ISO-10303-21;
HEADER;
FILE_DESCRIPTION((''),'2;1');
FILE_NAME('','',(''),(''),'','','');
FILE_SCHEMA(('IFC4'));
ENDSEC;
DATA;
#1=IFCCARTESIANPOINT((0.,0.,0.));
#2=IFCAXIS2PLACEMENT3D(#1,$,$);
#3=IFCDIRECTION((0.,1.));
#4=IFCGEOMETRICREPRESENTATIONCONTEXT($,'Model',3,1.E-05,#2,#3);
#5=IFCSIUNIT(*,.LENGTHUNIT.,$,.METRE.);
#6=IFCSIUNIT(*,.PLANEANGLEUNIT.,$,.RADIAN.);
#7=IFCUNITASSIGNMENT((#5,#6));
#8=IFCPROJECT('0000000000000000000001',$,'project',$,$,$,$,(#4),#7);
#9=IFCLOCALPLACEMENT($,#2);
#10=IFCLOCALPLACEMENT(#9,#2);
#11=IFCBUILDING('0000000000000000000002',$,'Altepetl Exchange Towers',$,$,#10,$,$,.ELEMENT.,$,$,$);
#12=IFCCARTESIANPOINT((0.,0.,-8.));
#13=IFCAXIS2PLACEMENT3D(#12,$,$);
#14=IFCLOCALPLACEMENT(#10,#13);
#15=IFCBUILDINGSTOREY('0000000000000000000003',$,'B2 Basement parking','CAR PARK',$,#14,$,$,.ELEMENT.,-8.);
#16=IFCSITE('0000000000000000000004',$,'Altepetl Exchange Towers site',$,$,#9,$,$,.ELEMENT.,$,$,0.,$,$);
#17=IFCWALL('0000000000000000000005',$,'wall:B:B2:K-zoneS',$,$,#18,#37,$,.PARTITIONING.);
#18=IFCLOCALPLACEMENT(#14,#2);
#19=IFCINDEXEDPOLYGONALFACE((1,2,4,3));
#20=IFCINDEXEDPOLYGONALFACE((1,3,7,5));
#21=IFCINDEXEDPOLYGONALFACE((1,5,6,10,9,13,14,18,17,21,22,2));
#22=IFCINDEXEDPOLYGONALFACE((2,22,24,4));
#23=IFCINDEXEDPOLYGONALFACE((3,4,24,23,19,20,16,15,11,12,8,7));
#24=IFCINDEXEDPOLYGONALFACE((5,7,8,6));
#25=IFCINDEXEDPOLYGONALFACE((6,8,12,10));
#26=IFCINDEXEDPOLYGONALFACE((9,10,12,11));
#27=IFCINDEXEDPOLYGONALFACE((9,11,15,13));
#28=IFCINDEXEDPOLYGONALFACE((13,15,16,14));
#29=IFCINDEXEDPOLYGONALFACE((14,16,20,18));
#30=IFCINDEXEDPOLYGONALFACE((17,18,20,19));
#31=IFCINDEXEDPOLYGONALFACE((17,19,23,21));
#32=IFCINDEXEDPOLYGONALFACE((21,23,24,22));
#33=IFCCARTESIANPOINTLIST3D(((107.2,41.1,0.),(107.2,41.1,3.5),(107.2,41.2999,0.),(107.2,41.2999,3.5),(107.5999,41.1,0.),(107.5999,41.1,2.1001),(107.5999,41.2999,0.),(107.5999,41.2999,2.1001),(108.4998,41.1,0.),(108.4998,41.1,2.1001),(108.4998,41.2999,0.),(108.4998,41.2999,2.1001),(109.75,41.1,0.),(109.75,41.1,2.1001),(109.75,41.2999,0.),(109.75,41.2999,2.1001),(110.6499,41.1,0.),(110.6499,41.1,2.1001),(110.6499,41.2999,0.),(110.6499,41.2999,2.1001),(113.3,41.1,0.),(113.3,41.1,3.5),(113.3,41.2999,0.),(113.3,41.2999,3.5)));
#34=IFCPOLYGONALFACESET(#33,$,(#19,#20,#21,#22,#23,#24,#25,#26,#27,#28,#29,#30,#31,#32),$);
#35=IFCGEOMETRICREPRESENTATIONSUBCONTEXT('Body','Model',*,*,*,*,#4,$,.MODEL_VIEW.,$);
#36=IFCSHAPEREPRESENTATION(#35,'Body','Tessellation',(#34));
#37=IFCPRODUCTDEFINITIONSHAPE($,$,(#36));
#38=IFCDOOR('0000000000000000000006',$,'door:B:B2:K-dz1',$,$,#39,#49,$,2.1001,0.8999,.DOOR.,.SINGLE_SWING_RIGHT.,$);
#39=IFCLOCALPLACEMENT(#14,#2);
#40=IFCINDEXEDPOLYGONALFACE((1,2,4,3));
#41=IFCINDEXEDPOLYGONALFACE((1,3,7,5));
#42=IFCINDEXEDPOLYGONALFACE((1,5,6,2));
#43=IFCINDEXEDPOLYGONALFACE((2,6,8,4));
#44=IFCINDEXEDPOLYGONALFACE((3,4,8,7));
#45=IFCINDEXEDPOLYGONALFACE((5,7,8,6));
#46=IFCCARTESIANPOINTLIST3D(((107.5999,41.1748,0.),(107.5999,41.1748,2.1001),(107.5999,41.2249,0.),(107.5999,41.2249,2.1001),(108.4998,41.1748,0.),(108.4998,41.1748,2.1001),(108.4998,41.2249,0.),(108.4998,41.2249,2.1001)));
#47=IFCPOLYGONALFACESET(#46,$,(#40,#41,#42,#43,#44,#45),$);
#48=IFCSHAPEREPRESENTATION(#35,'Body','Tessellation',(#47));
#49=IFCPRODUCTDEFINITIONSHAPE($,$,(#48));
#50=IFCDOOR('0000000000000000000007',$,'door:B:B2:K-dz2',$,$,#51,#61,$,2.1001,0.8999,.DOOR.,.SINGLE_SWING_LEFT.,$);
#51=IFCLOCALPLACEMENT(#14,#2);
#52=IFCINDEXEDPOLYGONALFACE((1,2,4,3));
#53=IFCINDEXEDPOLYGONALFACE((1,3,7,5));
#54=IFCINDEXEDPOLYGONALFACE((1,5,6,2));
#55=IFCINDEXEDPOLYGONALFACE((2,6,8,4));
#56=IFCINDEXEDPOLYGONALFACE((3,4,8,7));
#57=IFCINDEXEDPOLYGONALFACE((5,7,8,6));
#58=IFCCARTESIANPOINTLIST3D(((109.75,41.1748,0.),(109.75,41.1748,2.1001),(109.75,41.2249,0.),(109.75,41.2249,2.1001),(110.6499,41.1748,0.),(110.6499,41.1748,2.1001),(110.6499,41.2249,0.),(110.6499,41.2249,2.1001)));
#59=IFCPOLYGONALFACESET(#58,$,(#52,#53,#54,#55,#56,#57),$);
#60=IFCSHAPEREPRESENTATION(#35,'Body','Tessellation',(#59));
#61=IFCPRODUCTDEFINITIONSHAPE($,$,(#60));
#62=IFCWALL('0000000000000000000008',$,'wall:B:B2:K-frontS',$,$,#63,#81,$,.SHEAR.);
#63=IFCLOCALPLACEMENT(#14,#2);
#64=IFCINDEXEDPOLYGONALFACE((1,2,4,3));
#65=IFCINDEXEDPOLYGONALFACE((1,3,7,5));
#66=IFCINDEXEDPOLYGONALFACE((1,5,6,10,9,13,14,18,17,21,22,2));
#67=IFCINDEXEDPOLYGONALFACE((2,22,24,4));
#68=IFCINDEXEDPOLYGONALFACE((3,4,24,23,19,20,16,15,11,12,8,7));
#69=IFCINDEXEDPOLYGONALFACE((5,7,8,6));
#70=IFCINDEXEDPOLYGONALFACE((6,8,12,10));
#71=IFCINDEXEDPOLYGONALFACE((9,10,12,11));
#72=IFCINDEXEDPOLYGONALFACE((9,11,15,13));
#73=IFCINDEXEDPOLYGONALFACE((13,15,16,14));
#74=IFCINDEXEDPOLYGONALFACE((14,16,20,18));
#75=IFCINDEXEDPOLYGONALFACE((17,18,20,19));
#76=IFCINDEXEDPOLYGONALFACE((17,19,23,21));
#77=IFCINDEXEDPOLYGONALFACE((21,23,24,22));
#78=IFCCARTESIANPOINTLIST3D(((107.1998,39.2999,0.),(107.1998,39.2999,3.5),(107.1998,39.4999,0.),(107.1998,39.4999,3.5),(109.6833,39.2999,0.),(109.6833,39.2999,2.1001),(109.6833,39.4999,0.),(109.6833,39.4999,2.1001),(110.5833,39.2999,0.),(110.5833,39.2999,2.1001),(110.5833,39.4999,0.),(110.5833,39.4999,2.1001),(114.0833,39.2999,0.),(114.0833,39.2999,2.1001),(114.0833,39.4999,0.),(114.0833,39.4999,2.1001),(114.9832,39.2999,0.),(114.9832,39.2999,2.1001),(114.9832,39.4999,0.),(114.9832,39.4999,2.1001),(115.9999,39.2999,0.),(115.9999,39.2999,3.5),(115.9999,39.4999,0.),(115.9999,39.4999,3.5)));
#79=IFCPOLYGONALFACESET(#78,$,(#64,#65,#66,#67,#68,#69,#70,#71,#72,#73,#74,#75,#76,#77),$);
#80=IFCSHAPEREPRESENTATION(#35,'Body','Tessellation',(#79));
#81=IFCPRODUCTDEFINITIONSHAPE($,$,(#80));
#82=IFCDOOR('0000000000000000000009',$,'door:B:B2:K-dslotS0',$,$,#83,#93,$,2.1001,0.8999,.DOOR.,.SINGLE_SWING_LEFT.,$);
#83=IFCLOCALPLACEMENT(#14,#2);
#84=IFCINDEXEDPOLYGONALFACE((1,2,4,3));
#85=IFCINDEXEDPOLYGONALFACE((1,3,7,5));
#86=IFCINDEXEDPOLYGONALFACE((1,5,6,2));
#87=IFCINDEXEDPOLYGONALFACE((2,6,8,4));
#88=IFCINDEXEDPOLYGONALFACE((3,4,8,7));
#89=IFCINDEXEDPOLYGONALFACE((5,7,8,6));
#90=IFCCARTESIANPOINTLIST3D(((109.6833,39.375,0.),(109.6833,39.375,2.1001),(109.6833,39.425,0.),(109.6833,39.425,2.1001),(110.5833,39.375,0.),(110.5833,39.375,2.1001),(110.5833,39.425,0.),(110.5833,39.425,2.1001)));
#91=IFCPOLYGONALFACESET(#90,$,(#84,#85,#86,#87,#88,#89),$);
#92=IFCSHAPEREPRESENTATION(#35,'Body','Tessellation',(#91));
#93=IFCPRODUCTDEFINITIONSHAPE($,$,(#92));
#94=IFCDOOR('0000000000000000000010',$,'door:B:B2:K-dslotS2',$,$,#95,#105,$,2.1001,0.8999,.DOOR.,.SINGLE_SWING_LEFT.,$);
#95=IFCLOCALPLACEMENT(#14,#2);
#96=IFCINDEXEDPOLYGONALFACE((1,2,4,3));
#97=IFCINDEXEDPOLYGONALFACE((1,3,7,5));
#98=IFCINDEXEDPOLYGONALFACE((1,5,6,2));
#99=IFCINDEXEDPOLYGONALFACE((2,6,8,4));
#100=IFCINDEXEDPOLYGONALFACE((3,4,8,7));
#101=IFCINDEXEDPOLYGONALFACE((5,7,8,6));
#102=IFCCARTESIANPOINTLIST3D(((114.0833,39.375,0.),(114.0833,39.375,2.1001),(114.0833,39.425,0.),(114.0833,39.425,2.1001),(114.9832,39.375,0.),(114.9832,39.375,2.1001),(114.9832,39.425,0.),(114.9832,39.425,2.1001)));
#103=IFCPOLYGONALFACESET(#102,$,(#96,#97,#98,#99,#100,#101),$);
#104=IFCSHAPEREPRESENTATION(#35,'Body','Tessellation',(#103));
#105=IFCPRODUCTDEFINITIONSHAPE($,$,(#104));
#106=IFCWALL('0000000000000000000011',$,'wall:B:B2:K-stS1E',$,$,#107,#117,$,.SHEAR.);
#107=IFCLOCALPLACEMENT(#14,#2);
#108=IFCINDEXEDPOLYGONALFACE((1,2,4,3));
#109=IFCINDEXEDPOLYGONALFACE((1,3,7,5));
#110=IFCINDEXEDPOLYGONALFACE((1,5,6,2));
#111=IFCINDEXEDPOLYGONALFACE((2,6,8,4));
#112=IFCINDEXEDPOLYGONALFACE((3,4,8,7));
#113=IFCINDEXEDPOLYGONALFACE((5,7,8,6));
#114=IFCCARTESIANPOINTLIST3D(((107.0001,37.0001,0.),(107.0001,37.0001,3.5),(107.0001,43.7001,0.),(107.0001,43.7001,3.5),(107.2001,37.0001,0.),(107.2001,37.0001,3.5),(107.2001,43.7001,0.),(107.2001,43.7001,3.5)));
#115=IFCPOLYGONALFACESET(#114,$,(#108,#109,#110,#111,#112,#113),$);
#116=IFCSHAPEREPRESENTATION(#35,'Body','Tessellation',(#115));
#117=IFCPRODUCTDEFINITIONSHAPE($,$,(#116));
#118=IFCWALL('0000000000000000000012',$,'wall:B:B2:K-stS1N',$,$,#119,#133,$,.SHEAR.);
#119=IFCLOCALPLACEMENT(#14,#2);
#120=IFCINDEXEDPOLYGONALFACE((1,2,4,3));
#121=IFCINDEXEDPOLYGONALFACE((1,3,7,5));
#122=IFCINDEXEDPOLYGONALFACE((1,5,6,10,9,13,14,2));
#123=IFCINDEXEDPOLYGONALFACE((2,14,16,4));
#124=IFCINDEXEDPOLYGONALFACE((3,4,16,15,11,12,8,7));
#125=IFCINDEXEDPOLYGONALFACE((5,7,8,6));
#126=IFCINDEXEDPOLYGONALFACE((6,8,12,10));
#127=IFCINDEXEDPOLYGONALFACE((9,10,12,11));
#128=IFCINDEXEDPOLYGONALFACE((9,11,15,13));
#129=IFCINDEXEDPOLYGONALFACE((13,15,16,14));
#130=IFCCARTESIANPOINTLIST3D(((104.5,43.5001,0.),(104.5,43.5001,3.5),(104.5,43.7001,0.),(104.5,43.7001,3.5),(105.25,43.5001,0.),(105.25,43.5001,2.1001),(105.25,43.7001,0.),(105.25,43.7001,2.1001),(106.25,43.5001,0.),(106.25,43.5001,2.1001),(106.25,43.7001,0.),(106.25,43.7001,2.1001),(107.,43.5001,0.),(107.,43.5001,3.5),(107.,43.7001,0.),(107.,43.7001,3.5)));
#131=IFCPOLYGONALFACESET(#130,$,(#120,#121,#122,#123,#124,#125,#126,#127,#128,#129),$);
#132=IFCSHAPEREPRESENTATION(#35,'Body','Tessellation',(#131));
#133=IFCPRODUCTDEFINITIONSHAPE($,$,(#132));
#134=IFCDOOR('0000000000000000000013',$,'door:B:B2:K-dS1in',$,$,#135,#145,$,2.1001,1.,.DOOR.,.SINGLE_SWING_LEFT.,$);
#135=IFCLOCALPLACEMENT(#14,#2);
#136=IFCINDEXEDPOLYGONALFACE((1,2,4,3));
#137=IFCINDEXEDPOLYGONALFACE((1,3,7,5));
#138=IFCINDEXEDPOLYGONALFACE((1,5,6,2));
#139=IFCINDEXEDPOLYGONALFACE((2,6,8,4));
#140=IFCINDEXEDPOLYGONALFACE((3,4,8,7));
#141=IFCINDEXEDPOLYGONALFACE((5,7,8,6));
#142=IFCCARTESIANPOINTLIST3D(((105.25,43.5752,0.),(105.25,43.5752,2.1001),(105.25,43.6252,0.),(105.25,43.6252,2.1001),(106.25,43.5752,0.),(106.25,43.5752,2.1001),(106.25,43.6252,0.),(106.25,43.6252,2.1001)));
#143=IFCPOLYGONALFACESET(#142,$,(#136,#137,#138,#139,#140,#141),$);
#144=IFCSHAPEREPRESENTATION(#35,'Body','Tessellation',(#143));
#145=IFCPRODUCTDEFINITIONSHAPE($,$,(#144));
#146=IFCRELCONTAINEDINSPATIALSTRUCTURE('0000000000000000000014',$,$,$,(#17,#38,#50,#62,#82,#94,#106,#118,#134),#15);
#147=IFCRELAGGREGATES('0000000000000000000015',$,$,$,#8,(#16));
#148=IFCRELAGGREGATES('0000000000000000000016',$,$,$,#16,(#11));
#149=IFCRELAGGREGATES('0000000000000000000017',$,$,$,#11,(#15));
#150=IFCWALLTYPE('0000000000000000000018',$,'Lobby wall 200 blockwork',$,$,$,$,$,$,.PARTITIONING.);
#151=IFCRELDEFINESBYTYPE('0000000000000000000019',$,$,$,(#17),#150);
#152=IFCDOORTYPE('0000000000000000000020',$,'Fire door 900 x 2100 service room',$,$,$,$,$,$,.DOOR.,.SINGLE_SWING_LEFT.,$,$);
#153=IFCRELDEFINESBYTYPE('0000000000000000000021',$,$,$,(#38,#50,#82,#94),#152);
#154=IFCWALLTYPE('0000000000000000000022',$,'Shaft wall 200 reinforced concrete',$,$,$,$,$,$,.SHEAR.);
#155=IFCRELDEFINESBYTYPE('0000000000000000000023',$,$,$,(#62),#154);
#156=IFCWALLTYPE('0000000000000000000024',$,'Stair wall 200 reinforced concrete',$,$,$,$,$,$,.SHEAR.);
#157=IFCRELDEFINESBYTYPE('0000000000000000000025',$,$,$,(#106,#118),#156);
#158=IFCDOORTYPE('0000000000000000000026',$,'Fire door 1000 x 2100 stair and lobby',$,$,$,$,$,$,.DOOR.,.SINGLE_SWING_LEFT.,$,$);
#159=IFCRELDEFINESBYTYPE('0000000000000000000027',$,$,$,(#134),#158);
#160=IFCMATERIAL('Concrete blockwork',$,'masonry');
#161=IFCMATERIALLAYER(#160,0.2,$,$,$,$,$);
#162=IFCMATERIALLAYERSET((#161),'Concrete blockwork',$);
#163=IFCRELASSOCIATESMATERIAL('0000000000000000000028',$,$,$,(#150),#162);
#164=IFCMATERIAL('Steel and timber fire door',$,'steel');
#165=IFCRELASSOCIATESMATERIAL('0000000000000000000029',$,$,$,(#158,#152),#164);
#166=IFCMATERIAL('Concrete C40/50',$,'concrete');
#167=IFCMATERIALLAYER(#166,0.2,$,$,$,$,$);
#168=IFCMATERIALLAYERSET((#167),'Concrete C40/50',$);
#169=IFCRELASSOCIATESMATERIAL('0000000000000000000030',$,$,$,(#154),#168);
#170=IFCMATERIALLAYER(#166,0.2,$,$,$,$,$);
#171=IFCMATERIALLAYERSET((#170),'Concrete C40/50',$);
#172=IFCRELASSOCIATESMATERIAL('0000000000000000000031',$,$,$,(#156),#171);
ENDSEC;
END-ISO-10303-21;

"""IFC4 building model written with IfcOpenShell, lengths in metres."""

from ifc_helpers import new_model, si_unit, direction, frame, frame_2d, origin, place, context, subcontext, project, spatial, rectangle, extrude, material, layer, layer_set, type_object, element, fill, save


model = new_model("IFC4")

# Units and contexts
model_context = context("Model", 3, precision=1e-05, world=origin(), true_north=direction((0.0, 1.0)))
body_context = subcontext(model_context, "Body", "Model", "MODEL_VIEW")
ifc_project = project(units=[si_unit("LENGTHUNIT", "METRE"), si_unit("PLANEANGLEUNIT", "RADIAN")], contexts=[model_context])

# Site, building, storey
site_placement = place(None, origin())
site = spatial("IfcSite", under=ifc_project, at=site_placement, Name="Altepetl Exchange Towers site", CompositionType="ELEMENT", RefElevation=0.0)
building_placement = place(site_placement, origin())
building = spatial("IfcBuilding", under=site, at=building_placement, Name="Altepetl Exchange Towers", CompositionType="ELEMENT")
storey_placement = place(building_placement, frame((0.0, 0.0, -8.0)))
storey = spatial("IfcBuildingStorey", under=building, at=storey_placement, Name="B2 Basement parking", Description="CAR PARK", CompositionType="ELEMENT", Elevation=-8.0)

# Shared definitions
ifc_material_1 = material(Name="Concrete blockwork", Category="masonry")
ifc_layer_1 = layer(ifc_material_1, 0.2)
ifc_layer_set_1 = layer_set([ifc_layer_1], Name="Concrete blockwork")
wall_type_1 = type_object("IfcWallType", Name="Lobby wall 200 blockwork", PredefinedType="PARTITIONING", material=ifc_layer_set_1)
ifc_material_2 = material(Name="Steel and timber fire door", Category="steel")
door_type_1 = type_object("IfcDoorType", Name="Fire door 1000 x 2100 stair and lobby", OperationType="SINGLE_SWING_LEFT", PredefinedType="DOOR", material=ifc_material_2)
door_type_2 = type_object("IfcDoorType", Name="Fire door 900 x 2100 service room", OperationType="SINGLE_SWING_LEFT", PredefinedType="DOOR", material=ifc_material_2)

# Walls, openings, doors
wall_1_placement = place(storey_placement, frame((107.2, 41.2, 0.0)))
wall_1 = element("IfcWall", 1, at=wall_1_placement, inside=storey, type_object=wall_type_1, Name="wall:B:B2:K-zoneS", PredefinedType="PARTITIONING", context=body_context, shape_type="SweptSolid", body=[
    extrude(rectangle(XDim=6.1001, YDim=0.2, at=frame_2d((3.05, 0.0))), origin(), (0.0, 0.0, 1.0), 3.5),
])
opening_1_placement = place(wall_1_placement, frame((0.3999, 0.0, 0.0)))
opening_1 = element("IfcOpeningElement", 2, at=opening_1_placement, cuts=wall_1, PredefinedType="OPENING", context=body_context, shape_type="SweptSolid", body=[
    extrude(rectangle(XDim=0.8999, YDim=2.1001, at=frame_2d((0.45, 1.05))), frame((0.0, 0.1099, 0.0), z_axis=(0.0, -1.0, 0.0), x_axis=(1.0, 0.0, 0.0)), (0.0, 0.0, 1.0), 0.22),
])
opening_2_placement = place(wall_1_placement, frame((2.55, 0.0, 0.0)))
opening_2 = element("IfcOpeningElement", 3, at=opening_2_placement, cuts=wall_1, PredefinedType="OPENING", context=body_context, shape_type="SweptSolid", body=[
    extrude(rectangle(XDim=0.8999, YDim=2.1001, at=frame_2d((0.45, 1.05))), frame((0.0, 0.1099, 0.0), z_axis=(0.0, -1.0, 0.0), x_axis=(1.0, 0.0, 0.0)), (0.0, 0.0, 1.0), 0.22),
])
door_1_placement = place(opening_1_placement, origin())
door_1 = element("IfcDoor", 4, at=door_1_placement, inside=storey, type_object=door_type_2, Name="door:B:B2:K-dz1", OperationType="SINGLE_SWING_RIGHT", OverallHeight=2.1001, OverallWidth=0.8999, PredefinedType="DOOR", context=body_context, shape_type="SweptSolid", body=[
    extrude(rectangle(XDim=0.8999, YDim=2.1001, at=frame_2d((0.45, 1.05))), frame((0.0, 0.0249, 0.0), z_axis=(0.0, -1.0, 0.0), x_axis=(1.0, 0.0, 0.0)), (0.0, 0.0, 1.0), 0.05),
])
fill(opening_1, door_1)
door_2_placement = place(opening_2_placement, origin())
door_2 = element("IfcDoor", 5, at=door_2_placement, inside=storey, type_object=door_type_2, Name="door:B:B2:K-dz2", OperationType="SINGLE_SWING_LEFT", OverallHeight=2.1001, OverallWidth=0.8999, PredefinedType="DOOR", context=body_context, shape_type="SweptSolid", body=[
    extrude(rectangle(XDim=0.8999, YDim=2.1001, at=frame_2d((0.45, 1.05))), frame((0.0, 0.0249, 0.0), z_axis=(0.0, -1.0, 0.0), x_axis=(1.0, 0.0, 0.0)), (0.0, 0.0, 1.0), 0.05),
])
fill(opening_2, door_2)
ifc_material_3 = material(Name="Concrete C40/50", Category="concrete")
ifc_layer_2 = layer(ifc_material_3, 0.2)
ifc_layer_set_2 = layer_set([ifc_layer_2], Name="Concrete C40/50")
wall_type_2 = type_object("IfcWallType", Name="Shaft wall 200 reinforced concrete", PredefinedType="SHEAR", material=ifc_layer_set_2)
wall_2_placement = place(storey_placement, frame((107.2, 39.3999, 0.0)))
wall_2 = element("IfcWall", 6, at=wall_2_placement, inside=storey, type_object=wall_type_2, Name="wall:B:B2:K-frontS", PredefinedType="SHEAR", context=body_context, shape_type="SweptSolid", body=[
    extrude(rectangle(XDim=8.8, YDim=0.2, at=frame_2d((4.3999, 0.0))), origin(), (0.0, 0.0, 1.0), 3.5),
])
opening_3_placement = place(wall_2_placement, frame((2.4834, 0.0, 0.0)))
opening_3 = element("IfcOpeningElement", 7, at=opening_3_placement, cuts=wall_2, PredefinedType="OPENING", context=body_context, shape_type="SweptSolid", body=[
    extrude(rectangle(XDim=0.8999, YDim=2.1001, at=frame_2d((0.45, 1.05))), frame((0.0, 0.1099, 0.0), z_axis=(0.0, -1.0, 0.0), x_axis=(1.0, 0.0, 0.0)), (0.0, 0.0, 1.0), 0.22),
])
opening_4_placement = place(wall_2_placement, frame((6.8833, 0.0, 0.0)))
opening_4 = element("IfcOpeningElement", 8, at=opening_4_placement, cuts=wall_2, PredefinedType="OPENING", context=body_context, shape_type="SweptSolid", body=[
    extrude(rectangle(XDim=0.8999, YDim=2.1001, at=frame_2d((0.45, 1.05))), frame((0.0, 0.1099, 0.0), z_axis=(0.0, -1.0, 0.0), x_axis=(1.0, 0.0, 0.0)), (0.0, 0.0, 1.0), 0.22),
])
door_3_placement = place(opening_3_placement, frame((0.8999, 0.0, 0.0), x_axis=(-1.0, 0.0, 0.0)))
door_3 = element("IfcDoor", 9, at=door_3_placement, inside=storey, type_object=door_type_2, Name="door:B:B2:K-dslotS0", OperationType="SINGLE_SWING_LEFT", OverallHeight=2.1001, OverallWidth=0.8999, PredefinedType="DOOR", context=body_context, shape_type="SweptSolid", body=[
    extrude(rectangle(XDim=0.8999, YDim=2.1001, at=frame_2d((0.45, 1.05))), frame((0.0, 0.0249, 0.0), z_axis=(0.0, -1.0, 0.0), x_axis=(1.0, 0.0, 0.0)), (0.0, 0.0, 1.0), 0.05),
])
fill(opening_3, door_3)
door_4_placement = place(opening_4_placement, frame((0.8999, 0.0, 0.0), x_axis=(-1.0, 0.0, 0.0)))
door_4 = element("IfcDoor", 10, at=door_4_placement, inside=storey, type_object=door_type_2, Name="door:B:B2:K-dslotS2", OperationType="SINGLE_SWING_LEFT", OverallHeight=2.1001, OverallWidth=0.8999, PredefinedType="DOOR", context=body_context, shape_type="SweptSolid", body=[
    extrude(rectangle(XDim=0.8999, YDim=2.1001, at=frame_2d((0.45, 1.05))), frame((0.0, 0.0249, 0.0), z_axis=(0.0, -1.0, 0.0), x_axis=(1.0, 0.0, 0.0)), (0.0, 0.0, 1.0), 0.05),
])
fill(opening_4, door_4)

# Wall
ifc_layer_3 = layer(ifc_material_3, 0.2)
ifc_layer_set_3 = layer_set([ifc_layer_3], Name="Concrete C40/50")
wall_type_3 = type_object("IfcWallType", Name="Stair wall 200 reinforced concrete", PredefinedType="SHEAR", material=ifc_layer_set_3)
wall_3_placement = place(storey_placement, frame((107.1001, 37.0, 0.0), z_axis=(0.0, 0.0, 1.0), x_axis=(0.0, 1.0, 0.0)))
element("IfcWall", 11, at=wall_3_placement, inside=storey, type_object=wall_type_3, Name="wall:B:B2:K-stS1E", PredefinedType="SHEAR", context=body_context, shape_type="SweptSolid", body=[
    extrude(rectangle(XDim=6.7, YDim=0.2, at=frame_2d((3.3501, 0.0))), origin(), (0.0, 0.0, 1.0), 3.5),
])

# Wall, opening, door
wall_4_placement = place(storey_placement, frame((104.5, 43.6001, 0.0)))
wall_4 = element("IfcWall", 12, at=wall_4_placement, inside=storey, type_object=wall_type_3, Name="wall:B:B2:K-stS1N", PredefinedType="SHEAR", context=body_context, shape_type="SweptSolid", body=[
    extrude(rectangle(XDim=2.5, YDim=0.2, at=frame_2d((1.25, 0.0))), origin(), (0.0, 0.0, 1.0), 3.5),
])
opening_5_placement = place(wall_4_placement, frame((0.75, 0.0, 0.0)))
opening_5 = element("IfcOpeningElement", 13, at=opening_5_placement, cuts=wall_4, PredefinedType="OPENING", context=body_context, shape_type="SweptSolid", body=[
    extrude(rectangle(XDim=1.0, YDim=2.1001, at=frame_2d((0.5, 1.05))), frame((0.0, 0.1099, 0.0), z_axis=(0.0, -1.0, 0.0), x_axis=(1.0, 0.0, 0.0)), (0.0, 0.0, 1.0), 0.22),
])
door_5_placement = place(opening_5_placement, frame((1.0, 0.0, 0.0), x_axis=(-1.0, 0.0, 0.0)))
door_5 = element("IfcDoor", 14, at=door_5_placement, inside=storey, type_object=door_type_1, Name="door:B:B2:K-dS1in", OperationType="SINGLE_SWING_LEFT", OverallHeight=2.1001, OverallWidth=1.0, PredefinedType="DOOR", context=body_context, shape_type="SweptSolid", body=[
    extrude(rectangle(XDim=1.0, YDim=2.1001, at=frame_2d((0.5, 1.05))), frame((0.0, 0.0249, 0.0), z_axis=(0.0, -1.0, 0.0), x_axis=(1.0, 0.0, 0.0)), (0.0, 0.0, 1.0), 0.05),
])
fill(opening_5, door_5)

save(model, "model.ifc")
